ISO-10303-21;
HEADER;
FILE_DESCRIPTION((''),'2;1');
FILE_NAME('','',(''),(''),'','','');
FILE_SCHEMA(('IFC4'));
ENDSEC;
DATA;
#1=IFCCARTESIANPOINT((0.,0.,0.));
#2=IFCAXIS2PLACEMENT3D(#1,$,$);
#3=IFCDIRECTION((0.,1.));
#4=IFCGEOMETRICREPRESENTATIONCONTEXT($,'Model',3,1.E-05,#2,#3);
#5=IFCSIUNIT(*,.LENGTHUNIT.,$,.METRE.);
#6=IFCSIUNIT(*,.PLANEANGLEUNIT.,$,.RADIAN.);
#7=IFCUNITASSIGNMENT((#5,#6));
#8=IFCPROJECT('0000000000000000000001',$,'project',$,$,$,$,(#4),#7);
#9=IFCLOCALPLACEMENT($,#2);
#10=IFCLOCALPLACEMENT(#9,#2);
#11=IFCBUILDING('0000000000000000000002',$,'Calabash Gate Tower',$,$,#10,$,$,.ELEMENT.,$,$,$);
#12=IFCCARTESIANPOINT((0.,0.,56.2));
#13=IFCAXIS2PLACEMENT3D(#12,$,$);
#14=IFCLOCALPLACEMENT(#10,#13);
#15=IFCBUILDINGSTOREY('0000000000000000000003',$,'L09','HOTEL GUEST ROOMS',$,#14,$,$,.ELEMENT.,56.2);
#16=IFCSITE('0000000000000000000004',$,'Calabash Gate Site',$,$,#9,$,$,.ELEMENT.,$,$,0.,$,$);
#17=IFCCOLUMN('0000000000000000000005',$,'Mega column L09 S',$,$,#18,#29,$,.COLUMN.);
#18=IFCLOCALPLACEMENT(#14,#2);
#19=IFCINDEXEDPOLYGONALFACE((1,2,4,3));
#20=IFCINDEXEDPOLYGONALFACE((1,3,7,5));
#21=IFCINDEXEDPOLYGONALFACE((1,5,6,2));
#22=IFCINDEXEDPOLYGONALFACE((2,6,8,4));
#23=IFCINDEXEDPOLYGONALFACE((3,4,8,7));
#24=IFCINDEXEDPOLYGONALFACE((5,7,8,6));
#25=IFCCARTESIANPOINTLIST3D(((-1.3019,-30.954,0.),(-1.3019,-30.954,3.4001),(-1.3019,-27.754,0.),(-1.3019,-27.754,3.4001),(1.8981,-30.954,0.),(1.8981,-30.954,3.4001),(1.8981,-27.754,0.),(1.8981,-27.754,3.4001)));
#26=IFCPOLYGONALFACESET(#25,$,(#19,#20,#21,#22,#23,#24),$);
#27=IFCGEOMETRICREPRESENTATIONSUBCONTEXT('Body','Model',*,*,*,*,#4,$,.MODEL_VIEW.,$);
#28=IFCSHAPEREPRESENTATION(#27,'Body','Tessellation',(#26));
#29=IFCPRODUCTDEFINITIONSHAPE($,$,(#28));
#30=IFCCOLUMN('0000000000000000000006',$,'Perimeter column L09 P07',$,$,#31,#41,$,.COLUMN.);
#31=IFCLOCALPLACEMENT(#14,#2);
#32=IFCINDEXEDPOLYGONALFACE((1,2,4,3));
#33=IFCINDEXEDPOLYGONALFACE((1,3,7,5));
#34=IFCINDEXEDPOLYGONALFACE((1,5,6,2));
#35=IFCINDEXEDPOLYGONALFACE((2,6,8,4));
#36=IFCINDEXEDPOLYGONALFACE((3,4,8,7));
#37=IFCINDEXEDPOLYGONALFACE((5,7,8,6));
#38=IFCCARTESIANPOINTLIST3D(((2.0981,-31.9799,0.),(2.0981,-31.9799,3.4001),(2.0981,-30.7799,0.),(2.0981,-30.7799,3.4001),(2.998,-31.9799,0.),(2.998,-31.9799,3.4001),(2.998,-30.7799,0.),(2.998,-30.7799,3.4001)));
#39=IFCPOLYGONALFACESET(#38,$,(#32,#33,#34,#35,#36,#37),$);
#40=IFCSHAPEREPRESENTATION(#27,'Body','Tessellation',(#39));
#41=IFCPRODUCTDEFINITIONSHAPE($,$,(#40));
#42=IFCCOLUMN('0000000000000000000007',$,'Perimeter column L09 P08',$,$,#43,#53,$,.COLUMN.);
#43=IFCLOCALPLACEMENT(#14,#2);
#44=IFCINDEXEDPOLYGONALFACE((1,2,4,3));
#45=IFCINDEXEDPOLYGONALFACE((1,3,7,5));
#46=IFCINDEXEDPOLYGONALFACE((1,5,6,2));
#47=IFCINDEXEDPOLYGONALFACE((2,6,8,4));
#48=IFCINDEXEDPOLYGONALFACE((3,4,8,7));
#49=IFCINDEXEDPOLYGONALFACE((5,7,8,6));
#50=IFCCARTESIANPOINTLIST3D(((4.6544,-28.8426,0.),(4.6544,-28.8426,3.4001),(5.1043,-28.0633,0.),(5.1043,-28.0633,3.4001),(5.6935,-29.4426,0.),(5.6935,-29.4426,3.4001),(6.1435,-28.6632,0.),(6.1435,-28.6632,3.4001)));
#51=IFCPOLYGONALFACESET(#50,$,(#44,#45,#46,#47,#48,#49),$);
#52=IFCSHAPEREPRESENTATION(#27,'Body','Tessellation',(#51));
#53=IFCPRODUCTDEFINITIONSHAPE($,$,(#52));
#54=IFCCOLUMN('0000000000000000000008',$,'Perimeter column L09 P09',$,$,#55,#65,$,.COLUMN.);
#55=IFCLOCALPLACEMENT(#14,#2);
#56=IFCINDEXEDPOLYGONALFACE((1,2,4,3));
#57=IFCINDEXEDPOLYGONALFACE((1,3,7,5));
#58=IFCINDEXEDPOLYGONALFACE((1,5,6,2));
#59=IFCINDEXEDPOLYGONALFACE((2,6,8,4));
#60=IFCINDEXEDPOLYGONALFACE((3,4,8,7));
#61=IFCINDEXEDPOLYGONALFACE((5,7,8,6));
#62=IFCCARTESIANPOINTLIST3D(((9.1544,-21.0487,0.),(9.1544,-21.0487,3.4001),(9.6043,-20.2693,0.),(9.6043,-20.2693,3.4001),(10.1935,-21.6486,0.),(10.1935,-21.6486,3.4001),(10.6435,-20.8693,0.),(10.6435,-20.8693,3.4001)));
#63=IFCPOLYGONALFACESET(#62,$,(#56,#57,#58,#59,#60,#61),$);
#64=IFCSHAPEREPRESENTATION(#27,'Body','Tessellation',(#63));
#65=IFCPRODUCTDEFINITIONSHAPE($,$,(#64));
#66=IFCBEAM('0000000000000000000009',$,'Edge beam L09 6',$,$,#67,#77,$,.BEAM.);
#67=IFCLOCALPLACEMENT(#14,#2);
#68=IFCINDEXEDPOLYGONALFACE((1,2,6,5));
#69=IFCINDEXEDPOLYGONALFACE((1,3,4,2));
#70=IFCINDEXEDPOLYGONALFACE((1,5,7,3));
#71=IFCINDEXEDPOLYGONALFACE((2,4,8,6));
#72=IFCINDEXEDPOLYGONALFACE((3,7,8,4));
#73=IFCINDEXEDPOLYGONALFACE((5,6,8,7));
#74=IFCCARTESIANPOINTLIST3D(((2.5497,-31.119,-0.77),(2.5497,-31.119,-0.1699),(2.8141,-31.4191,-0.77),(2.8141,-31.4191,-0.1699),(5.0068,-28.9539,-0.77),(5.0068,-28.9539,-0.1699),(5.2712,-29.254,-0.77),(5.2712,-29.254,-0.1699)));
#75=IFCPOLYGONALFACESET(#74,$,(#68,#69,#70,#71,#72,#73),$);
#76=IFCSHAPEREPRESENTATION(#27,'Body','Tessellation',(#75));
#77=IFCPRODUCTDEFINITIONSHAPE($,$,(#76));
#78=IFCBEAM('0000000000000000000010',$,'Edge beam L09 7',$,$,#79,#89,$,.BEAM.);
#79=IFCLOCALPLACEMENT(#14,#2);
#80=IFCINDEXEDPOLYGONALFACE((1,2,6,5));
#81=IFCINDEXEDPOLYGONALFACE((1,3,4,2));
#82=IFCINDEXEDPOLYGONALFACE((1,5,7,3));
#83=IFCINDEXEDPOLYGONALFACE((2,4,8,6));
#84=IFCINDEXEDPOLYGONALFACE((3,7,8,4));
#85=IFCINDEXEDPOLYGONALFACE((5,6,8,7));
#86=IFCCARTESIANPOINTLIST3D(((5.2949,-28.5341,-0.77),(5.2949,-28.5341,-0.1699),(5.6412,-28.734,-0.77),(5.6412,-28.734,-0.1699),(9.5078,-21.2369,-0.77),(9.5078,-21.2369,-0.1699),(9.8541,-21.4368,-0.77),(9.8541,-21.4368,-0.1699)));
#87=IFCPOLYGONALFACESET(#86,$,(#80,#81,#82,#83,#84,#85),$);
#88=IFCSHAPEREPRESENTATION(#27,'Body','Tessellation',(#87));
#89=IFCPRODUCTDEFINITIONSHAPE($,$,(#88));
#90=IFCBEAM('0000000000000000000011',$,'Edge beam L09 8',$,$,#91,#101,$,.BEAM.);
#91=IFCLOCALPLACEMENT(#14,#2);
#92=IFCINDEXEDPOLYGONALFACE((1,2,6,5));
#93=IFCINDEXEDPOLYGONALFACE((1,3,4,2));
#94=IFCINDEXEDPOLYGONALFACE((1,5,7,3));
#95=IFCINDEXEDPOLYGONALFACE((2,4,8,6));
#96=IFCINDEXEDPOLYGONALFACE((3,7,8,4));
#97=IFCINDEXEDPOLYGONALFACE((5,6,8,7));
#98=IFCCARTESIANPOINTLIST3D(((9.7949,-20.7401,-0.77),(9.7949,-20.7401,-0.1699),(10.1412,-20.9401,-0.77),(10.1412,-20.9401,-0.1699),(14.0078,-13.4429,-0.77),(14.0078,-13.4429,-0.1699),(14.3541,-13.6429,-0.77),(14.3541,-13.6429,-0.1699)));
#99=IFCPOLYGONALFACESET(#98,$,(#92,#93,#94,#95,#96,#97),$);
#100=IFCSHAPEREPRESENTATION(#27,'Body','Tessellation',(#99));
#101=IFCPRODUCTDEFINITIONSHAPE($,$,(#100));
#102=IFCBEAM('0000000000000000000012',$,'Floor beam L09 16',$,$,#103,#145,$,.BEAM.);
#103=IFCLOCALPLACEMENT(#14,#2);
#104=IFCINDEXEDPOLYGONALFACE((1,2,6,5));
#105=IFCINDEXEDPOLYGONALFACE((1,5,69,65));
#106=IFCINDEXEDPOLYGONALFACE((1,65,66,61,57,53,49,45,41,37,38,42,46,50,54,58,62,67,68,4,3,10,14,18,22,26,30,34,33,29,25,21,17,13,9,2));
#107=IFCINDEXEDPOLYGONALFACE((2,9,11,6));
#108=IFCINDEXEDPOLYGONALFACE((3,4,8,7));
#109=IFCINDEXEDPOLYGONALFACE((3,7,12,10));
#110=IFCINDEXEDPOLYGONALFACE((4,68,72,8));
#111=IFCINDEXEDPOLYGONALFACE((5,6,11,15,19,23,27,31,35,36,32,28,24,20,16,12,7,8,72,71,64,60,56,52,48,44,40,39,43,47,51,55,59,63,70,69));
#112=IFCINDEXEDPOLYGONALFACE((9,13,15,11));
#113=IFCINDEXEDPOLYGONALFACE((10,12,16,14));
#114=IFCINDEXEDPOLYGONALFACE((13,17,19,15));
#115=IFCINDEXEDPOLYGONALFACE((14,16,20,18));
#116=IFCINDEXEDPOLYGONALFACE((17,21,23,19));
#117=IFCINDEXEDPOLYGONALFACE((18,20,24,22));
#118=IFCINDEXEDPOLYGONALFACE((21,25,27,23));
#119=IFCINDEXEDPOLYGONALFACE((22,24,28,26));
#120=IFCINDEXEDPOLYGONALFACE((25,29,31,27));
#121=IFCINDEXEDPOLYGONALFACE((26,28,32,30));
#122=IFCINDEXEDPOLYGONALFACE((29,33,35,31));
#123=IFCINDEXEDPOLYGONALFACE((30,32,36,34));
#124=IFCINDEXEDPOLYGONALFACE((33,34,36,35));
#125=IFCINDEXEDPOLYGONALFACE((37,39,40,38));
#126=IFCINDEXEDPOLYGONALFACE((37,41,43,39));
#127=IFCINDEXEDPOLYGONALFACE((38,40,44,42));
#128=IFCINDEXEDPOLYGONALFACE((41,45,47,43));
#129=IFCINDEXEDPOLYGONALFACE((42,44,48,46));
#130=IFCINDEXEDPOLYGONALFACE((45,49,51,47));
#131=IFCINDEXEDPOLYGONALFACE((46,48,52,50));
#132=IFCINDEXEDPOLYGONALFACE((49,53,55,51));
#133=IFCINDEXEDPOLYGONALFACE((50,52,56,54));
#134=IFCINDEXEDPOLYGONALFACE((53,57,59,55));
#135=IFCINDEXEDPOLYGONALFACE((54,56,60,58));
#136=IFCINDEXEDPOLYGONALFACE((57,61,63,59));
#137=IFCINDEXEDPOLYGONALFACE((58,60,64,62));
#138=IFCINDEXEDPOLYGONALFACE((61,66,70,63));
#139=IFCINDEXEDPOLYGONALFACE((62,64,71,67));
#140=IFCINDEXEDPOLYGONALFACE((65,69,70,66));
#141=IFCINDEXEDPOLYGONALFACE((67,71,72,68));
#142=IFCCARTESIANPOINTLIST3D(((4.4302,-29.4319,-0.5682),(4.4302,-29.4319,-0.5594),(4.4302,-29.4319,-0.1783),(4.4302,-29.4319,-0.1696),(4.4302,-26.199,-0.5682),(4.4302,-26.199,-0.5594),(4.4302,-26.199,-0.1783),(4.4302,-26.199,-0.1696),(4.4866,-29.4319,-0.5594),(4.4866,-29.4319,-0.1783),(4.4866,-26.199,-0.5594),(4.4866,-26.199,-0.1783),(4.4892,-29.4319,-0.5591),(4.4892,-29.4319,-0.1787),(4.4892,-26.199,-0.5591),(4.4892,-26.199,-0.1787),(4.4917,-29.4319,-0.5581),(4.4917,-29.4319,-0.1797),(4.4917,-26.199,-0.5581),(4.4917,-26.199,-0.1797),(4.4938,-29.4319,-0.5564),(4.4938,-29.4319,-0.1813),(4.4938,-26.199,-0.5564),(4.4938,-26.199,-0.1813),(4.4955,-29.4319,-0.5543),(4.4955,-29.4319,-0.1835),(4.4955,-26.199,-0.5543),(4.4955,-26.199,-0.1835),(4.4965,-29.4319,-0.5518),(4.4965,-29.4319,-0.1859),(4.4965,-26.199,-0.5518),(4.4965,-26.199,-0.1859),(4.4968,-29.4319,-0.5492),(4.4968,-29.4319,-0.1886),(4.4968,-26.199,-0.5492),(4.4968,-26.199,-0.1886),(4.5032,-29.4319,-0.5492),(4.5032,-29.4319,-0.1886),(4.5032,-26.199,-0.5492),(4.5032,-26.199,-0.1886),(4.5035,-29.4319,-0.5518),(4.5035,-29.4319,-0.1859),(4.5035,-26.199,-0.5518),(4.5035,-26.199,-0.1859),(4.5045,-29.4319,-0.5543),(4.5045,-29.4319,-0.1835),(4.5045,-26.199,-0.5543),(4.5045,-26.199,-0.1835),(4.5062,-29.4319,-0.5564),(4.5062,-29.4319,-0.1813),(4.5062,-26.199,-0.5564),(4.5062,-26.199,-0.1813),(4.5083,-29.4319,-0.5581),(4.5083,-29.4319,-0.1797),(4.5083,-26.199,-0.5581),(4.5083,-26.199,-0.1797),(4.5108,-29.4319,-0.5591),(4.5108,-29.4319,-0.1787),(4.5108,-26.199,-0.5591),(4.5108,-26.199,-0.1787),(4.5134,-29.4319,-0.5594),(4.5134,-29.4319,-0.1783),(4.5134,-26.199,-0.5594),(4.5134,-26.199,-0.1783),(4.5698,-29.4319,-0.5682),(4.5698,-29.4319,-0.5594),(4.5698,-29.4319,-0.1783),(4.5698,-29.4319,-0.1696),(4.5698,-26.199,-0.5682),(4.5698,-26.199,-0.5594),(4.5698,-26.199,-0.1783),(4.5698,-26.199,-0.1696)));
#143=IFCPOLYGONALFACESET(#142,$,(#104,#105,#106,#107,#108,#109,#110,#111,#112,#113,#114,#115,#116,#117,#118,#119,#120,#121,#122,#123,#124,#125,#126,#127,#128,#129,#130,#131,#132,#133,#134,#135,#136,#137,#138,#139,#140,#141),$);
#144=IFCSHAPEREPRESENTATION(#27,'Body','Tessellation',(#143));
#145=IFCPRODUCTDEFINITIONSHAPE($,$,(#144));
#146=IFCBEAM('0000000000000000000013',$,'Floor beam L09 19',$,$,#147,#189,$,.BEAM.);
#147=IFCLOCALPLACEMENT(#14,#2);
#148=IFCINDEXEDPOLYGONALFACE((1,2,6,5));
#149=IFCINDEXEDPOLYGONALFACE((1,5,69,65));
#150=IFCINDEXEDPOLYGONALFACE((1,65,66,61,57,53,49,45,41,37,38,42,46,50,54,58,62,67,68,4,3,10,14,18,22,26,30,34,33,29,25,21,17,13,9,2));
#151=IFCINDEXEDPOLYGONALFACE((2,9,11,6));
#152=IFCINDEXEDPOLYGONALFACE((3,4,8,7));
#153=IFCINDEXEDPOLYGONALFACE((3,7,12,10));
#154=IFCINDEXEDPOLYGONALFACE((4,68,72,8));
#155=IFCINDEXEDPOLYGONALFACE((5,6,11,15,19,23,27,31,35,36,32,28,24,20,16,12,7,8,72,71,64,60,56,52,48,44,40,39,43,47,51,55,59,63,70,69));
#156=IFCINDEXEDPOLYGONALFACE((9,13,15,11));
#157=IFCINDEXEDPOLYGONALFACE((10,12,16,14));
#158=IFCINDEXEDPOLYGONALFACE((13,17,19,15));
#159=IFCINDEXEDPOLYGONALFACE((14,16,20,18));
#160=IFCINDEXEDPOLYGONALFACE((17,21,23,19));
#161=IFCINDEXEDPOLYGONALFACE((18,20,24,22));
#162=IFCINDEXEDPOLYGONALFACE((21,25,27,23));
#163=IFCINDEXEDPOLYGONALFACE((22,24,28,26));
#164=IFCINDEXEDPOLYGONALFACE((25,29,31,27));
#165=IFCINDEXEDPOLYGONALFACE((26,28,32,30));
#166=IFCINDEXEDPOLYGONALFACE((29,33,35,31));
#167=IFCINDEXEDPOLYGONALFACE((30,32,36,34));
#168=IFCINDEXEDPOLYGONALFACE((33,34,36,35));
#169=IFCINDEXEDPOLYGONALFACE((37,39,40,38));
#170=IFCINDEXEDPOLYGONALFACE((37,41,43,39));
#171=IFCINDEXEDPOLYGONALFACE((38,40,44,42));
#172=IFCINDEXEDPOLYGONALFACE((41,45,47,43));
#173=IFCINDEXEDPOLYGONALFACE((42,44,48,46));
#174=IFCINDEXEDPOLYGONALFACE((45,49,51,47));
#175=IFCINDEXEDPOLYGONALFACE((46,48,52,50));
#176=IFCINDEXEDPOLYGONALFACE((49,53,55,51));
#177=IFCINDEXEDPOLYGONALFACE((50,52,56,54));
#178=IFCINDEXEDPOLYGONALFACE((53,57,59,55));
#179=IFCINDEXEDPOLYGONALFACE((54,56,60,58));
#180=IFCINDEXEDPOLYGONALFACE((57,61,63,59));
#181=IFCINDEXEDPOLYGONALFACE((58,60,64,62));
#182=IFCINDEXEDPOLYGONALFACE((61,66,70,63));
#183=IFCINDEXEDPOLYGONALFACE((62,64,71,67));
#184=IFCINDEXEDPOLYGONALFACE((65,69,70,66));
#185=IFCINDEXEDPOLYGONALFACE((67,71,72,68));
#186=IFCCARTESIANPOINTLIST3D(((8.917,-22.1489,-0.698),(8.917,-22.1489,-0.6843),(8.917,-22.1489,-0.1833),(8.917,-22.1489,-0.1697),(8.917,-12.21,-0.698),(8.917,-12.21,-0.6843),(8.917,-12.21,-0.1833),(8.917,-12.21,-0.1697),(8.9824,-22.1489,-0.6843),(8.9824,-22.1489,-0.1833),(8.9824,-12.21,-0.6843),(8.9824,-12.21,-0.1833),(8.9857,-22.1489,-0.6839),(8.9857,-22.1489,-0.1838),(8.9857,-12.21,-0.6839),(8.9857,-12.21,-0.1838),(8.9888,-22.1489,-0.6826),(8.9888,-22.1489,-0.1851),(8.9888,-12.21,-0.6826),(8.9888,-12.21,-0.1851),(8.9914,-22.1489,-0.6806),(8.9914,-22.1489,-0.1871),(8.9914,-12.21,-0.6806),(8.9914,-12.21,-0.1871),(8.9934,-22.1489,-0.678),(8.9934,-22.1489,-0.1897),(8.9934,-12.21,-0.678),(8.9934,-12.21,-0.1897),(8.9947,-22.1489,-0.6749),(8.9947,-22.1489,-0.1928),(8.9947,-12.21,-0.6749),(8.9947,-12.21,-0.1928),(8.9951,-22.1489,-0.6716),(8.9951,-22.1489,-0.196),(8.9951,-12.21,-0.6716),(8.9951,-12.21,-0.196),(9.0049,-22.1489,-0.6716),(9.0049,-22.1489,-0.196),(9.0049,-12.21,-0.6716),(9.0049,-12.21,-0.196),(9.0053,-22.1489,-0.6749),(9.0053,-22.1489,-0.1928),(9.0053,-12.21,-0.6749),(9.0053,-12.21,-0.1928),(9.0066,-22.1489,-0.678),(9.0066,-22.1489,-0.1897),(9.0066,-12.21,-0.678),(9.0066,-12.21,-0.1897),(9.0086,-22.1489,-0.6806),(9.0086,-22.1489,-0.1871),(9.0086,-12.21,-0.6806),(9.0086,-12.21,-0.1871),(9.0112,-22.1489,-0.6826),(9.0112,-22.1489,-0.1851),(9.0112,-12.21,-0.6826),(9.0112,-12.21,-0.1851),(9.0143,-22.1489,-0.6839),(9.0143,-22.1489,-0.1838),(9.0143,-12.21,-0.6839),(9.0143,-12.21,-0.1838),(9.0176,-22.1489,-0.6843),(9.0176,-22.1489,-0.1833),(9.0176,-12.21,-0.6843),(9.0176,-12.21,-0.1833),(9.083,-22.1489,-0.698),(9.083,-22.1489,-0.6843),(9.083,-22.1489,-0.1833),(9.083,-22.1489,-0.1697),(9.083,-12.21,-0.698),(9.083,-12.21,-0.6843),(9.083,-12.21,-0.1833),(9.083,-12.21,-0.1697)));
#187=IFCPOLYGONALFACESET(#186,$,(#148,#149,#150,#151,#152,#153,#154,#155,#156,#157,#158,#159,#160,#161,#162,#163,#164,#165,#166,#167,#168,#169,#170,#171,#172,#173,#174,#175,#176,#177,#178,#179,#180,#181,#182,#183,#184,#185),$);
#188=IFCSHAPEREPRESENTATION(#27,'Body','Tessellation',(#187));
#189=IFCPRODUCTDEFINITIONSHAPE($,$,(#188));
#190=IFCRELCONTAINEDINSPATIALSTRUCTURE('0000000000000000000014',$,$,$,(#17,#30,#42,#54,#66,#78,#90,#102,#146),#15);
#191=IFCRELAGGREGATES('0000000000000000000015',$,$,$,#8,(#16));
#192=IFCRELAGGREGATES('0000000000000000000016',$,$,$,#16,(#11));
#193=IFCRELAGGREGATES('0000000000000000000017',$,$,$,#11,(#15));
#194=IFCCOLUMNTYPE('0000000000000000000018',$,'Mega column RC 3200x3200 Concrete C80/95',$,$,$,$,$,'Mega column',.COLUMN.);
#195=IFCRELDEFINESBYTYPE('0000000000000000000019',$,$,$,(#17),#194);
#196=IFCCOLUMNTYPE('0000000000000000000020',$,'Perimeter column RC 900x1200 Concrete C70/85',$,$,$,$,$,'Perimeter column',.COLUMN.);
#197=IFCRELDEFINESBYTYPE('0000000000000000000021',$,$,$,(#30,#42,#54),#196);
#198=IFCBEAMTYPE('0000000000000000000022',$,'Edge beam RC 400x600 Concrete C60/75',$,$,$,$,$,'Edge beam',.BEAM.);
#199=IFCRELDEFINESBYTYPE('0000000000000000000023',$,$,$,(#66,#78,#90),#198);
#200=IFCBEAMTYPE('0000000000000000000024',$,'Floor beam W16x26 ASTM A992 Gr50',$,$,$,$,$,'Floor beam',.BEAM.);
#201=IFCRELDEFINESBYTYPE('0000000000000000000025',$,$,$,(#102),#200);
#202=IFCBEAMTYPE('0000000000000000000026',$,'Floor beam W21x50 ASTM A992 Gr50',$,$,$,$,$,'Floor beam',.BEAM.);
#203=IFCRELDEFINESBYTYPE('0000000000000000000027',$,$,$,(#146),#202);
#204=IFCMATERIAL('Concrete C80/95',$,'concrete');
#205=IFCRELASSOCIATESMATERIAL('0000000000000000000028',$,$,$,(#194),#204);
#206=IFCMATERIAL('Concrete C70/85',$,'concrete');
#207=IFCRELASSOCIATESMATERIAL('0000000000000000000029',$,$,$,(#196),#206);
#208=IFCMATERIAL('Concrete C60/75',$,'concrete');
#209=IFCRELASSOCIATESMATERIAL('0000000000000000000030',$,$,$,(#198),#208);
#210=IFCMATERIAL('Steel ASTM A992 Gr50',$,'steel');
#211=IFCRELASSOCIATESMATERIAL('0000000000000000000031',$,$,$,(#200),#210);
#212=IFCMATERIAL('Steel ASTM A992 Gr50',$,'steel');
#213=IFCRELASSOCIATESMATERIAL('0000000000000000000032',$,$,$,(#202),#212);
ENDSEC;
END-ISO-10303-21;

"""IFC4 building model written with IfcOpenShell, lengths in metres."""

from ifc_helpers import new_model, si_unit, direction, frame, origin, origin_2d, place, context, subcontext, project, spatial, rectangle, i_section, extrude, material, material_profile, profile_set, type_object, element, save


model = new_model("IFC4")

# Units and contexts
model_context = context("Model", 3, precision=1e-05, world=origin(), true_north=direction((0.0, 1.0)))
body_context = subcontext(model_context, "Body", "Model", "MODEL_VIEW")
ifc_project = project(units=[si_unit("LENGTHUNIT", "METRE"), si_unit("PLANEANGLEUNIT", "RADIAN")], contexts=[model_context])

# Site, building, storey
site_placement = place(None, origin())
site = spatial("IfcSite", under=ifc_project, at=site_placement, Name="Calabash Gate Site", CompositionType="ELEMENT", RefElevation=0.0)
building_placement = place(site_placement, origin())
building = spatial("IfcBuilding", under=site, at=building_placement, Name="Calabash Gate Tower", CompositionType="ELEMENT")
storey_placement = place(building_placement, frame((0.0, 0.0, 56.2)))
storey = spatial("IfcBuildingStorey", under=building, at=storey_placement, Name="L09", Description="HOTEL GUEST ROOMS", CompositionType="ELEMENT", Elevation=56.2)

# Columns
ifc_material_1 = material(Name="Concrete C80/95", Category="concrete")
ifc_material_profile_1 = material_profile(ifc_material_1, rectangle(XDim=3.2, YDim=3.2, at=origin_2d()))
ifc_profile_set_1 = profile_set([ifc_material_profile_1], Name="Concrete C80/95")
column_type_1 = type_object("IfcColumnType", Name="Mega column RC 3200x3200 Concrete C80/95", ElementType="Mega column", PredefinedType="COLUMN", material=ifc_profile_set_1)
column_placement = place(storey_placement, frame((0.2981, -29.354, 0.0), z_axis=(0.0, 0.0, 1.0), x_axis=(0.0, 1.0, 0.0)))
element("IfcColumn", 1, at=column_placement, inside=storey, type_object=column_type_1, Name="Mega column L09 S", PredefinedType="COLUMN", context=body_context, shape_type="SweptSolid", body=[
    extrude(rectangle(XDim=3.2, YDim=3.2, at=origin_2d()), origin(), (0.0, 0.0, 1.0), 3.4001),
])
ifc_material_2 = material(Name="Concrete C70/85", Category="concrete")
ifc_material_profile_2 = material_profile(ifc_material_2, rectangle(XDim=0.8999, YDim=1.2, at=origin_2d()))
ifc_profile_set_2 = profile_set([ifc_material_profile_2], Name="Concrete C70/85")
column_type_2 = type_object("IfcColumnType", Name="Perimeter column RC 900x1200 Concrete C70/85", ElementType="Perimeter column", PredefinedType="COLUMN", material=ifc_profile_set_2)
for number, where, z_axis, x_axis, name in (
    (2, (2.5481, -31.3799, 0.0), (0.0, 0.0, 1.0), (1.0, 0.0, 0.0), "Perimeter column L09 P07"),
    (3, (5.3989, -28.7529, 0.0), (0.0, 0.0, 1.0), (0.5, 0.866025, 0.0), "Perimeter column L09 P08"),
    (4, (9.8989, -20.959, 0.0), (0.0, 0.0, 1.0), (0.5, 0.866025, 0.0), "Perimeter column L09 P09"),
):
    element("IfcColumn", number, at=place(storey_placement, frame(where, z_axis=z_axis, x_axis=x_axis)), inside=storey, type_object=column_type_2, Name=name, PredefinedType="COLUMN", context=body_context, shape_type="SweptSolid", body=[
        extrude(rectangle(XDim=0.8999, YDim=1.2, at=origin_2d()), origin(), (0.0, 0.0, 1.0), 3.4001),
    ])

# Beams
ifc_material_3 = material(Name="Concrete C60/75", Category="concrete")
ifc_material_profile_3 = material_profile(ifc_material_3, rectangle(XDim=0.3999, YDim=0.6001, at=origin_2d()))
ifc_profile_set_3 = profile_set([ifc_material_profile_3], Name="Concrete C60/75")
beam_type_1 = type_object("IfcBeamType", Name="Edge beam RC 400x600 Concrete C60/75", ElementType="Edge beam", PredefinedType="BEAM", material=ifc_profile_set_3)
beam_1_placement = place(storey_placement, frame((2.6819, -31.269, -0.47), z_axis=(0.750282, 0.661118, 0.0), x_axis=(-0.661118, 0.750282, 0.0)))
element("IfcBeam", 5, at=beam_1_placement, inside=storey, type_object=beam_type_1, Name="Edge beam L09 6", PredefinedType="BEAM", context=body_context, shape_type="SweptSolid", body=[
    extrude(rectangle(XDim=0.3999, YDim=0.6001, at=origin_2d()), origin(), (0.0, 0.0, 1.0), 3.2749),
])
for number, where, z_axis, x_axis, name in (
    (6, (5.468, -28.634, -0.47), (0.499991, 0.866031, 0.0), (-0.866031, 0.499991, 0.0), "Edge beam L09 7"),
    (7, (9.968, -20.8401, -0.47), (0.499991, 0.866031, 0.0), (-0.866031, 0.499991, 0.0), "Edge beam L09 8"),
):
    element("IfcBeam", number, at=place(storey_placement, frame(where, z_axis=z_axis, x_axis=x_axis)), inside=storey, type_object=beam_type_1, Name=name, PredefinedType="BEAM", context=body_context, shape_type="SweptSolid", body=[
        extrude(rectangle(XDim=0.3999, YDim=0.6001, at=origin_2d()), origin(), (0.0, 0.0, 1.0), 8.426),
    ])
ifc_material_4 = material(Name="Steel ASTM A992 Gr50", Category="steel")
ifc_material_profile_4 = material_profile(ifc_material_4, i_section(OverallWidth=0.1396, OverallDepth=0.3987, WebThickness=0.0063, FlangeThickness=0.0088, FilletRadius=0.0103, at=origin_2d()))
ifc_profile_set_4 = profile_set([ifc_material_profile_4], Name="Steel ASTM A992 Gr50")
beam_type_2 = type_object("IfcBeamType", Name="Floor beam W16x26 ASTM A992 Gr50", ElementType="Floor beam", PredefinedType="BEAM", material=ifc_profile_set_4)
beam_2_placement = place(storey_placement, frame((4.5, -29.4319, -0.3689), z_axis=(0.0, 1.0, 0.0), x_axis=(-1.0, 0.0, 0.0)))
element("IfcBeam", 8, at=beam_2_placement, inside=storey, type_object=beam_type_2, Name="Floor beam L09 16", PredefinedType="BEAM", context=body_context, shape_type="SweptSolid", body=[
    extrude(i_section(OverallWidth=0.1396, OverallDepth=0.3987, WebThickness=0.0063, FlangeThickness=0.0088, FilletRadius=0.0103, at=origin_2d()), origin(), (0.0, 0.0, 1.0), 3.2329),
])
ifc_material_5 = material(Name="Steel ASTM A992 Gr50", Category="steel")
ifc_material_profile_5 = material_profile(ifc_material_5, i_section(OverallWidth=0.166, OverallDepth=0.5283, WebThickness=0.0098, FlangeThickness=0.0137, FilletRadius=0.0127, at=origin_2d()))
ifc_profile_set_5 = profile_set([ifc_material_profile_5], Name="Steel ASTM A992 Gr50")
beam_type_3 = type_object("IfcBeamType", Name="Floor beam W21x50 ASTM A992 Gr50", ElementType="Floor beam", PredefinedType="BEAM", material=ifc_profile_set_5)
beam_3_placement = place(storey_placement, frame((9.0, -22.1489, -0.4338), z_axis=(0.0, 1.0, 0.0), x_axis=(-1.0, 0.0, 0.0)))
element("IfcBeam", 9, at=beam_3_placement, inside=storey, type_object=beam_type_3, Name="Floor beam L09 19", PredefinedType="BEAM", context=body_context, shape_type="SweptSolid", body=[
    extrude(i_section(OverallWidth=0.166, OverallDepth=0.5283, WebThickness=0.0098, FlangeThickness=0.0137, FilletRadius=0.0127, at=origin_2d()), origin(), (0.0, 0.0, 1.0), 9.939),
])

save(model, "model.ifc")
